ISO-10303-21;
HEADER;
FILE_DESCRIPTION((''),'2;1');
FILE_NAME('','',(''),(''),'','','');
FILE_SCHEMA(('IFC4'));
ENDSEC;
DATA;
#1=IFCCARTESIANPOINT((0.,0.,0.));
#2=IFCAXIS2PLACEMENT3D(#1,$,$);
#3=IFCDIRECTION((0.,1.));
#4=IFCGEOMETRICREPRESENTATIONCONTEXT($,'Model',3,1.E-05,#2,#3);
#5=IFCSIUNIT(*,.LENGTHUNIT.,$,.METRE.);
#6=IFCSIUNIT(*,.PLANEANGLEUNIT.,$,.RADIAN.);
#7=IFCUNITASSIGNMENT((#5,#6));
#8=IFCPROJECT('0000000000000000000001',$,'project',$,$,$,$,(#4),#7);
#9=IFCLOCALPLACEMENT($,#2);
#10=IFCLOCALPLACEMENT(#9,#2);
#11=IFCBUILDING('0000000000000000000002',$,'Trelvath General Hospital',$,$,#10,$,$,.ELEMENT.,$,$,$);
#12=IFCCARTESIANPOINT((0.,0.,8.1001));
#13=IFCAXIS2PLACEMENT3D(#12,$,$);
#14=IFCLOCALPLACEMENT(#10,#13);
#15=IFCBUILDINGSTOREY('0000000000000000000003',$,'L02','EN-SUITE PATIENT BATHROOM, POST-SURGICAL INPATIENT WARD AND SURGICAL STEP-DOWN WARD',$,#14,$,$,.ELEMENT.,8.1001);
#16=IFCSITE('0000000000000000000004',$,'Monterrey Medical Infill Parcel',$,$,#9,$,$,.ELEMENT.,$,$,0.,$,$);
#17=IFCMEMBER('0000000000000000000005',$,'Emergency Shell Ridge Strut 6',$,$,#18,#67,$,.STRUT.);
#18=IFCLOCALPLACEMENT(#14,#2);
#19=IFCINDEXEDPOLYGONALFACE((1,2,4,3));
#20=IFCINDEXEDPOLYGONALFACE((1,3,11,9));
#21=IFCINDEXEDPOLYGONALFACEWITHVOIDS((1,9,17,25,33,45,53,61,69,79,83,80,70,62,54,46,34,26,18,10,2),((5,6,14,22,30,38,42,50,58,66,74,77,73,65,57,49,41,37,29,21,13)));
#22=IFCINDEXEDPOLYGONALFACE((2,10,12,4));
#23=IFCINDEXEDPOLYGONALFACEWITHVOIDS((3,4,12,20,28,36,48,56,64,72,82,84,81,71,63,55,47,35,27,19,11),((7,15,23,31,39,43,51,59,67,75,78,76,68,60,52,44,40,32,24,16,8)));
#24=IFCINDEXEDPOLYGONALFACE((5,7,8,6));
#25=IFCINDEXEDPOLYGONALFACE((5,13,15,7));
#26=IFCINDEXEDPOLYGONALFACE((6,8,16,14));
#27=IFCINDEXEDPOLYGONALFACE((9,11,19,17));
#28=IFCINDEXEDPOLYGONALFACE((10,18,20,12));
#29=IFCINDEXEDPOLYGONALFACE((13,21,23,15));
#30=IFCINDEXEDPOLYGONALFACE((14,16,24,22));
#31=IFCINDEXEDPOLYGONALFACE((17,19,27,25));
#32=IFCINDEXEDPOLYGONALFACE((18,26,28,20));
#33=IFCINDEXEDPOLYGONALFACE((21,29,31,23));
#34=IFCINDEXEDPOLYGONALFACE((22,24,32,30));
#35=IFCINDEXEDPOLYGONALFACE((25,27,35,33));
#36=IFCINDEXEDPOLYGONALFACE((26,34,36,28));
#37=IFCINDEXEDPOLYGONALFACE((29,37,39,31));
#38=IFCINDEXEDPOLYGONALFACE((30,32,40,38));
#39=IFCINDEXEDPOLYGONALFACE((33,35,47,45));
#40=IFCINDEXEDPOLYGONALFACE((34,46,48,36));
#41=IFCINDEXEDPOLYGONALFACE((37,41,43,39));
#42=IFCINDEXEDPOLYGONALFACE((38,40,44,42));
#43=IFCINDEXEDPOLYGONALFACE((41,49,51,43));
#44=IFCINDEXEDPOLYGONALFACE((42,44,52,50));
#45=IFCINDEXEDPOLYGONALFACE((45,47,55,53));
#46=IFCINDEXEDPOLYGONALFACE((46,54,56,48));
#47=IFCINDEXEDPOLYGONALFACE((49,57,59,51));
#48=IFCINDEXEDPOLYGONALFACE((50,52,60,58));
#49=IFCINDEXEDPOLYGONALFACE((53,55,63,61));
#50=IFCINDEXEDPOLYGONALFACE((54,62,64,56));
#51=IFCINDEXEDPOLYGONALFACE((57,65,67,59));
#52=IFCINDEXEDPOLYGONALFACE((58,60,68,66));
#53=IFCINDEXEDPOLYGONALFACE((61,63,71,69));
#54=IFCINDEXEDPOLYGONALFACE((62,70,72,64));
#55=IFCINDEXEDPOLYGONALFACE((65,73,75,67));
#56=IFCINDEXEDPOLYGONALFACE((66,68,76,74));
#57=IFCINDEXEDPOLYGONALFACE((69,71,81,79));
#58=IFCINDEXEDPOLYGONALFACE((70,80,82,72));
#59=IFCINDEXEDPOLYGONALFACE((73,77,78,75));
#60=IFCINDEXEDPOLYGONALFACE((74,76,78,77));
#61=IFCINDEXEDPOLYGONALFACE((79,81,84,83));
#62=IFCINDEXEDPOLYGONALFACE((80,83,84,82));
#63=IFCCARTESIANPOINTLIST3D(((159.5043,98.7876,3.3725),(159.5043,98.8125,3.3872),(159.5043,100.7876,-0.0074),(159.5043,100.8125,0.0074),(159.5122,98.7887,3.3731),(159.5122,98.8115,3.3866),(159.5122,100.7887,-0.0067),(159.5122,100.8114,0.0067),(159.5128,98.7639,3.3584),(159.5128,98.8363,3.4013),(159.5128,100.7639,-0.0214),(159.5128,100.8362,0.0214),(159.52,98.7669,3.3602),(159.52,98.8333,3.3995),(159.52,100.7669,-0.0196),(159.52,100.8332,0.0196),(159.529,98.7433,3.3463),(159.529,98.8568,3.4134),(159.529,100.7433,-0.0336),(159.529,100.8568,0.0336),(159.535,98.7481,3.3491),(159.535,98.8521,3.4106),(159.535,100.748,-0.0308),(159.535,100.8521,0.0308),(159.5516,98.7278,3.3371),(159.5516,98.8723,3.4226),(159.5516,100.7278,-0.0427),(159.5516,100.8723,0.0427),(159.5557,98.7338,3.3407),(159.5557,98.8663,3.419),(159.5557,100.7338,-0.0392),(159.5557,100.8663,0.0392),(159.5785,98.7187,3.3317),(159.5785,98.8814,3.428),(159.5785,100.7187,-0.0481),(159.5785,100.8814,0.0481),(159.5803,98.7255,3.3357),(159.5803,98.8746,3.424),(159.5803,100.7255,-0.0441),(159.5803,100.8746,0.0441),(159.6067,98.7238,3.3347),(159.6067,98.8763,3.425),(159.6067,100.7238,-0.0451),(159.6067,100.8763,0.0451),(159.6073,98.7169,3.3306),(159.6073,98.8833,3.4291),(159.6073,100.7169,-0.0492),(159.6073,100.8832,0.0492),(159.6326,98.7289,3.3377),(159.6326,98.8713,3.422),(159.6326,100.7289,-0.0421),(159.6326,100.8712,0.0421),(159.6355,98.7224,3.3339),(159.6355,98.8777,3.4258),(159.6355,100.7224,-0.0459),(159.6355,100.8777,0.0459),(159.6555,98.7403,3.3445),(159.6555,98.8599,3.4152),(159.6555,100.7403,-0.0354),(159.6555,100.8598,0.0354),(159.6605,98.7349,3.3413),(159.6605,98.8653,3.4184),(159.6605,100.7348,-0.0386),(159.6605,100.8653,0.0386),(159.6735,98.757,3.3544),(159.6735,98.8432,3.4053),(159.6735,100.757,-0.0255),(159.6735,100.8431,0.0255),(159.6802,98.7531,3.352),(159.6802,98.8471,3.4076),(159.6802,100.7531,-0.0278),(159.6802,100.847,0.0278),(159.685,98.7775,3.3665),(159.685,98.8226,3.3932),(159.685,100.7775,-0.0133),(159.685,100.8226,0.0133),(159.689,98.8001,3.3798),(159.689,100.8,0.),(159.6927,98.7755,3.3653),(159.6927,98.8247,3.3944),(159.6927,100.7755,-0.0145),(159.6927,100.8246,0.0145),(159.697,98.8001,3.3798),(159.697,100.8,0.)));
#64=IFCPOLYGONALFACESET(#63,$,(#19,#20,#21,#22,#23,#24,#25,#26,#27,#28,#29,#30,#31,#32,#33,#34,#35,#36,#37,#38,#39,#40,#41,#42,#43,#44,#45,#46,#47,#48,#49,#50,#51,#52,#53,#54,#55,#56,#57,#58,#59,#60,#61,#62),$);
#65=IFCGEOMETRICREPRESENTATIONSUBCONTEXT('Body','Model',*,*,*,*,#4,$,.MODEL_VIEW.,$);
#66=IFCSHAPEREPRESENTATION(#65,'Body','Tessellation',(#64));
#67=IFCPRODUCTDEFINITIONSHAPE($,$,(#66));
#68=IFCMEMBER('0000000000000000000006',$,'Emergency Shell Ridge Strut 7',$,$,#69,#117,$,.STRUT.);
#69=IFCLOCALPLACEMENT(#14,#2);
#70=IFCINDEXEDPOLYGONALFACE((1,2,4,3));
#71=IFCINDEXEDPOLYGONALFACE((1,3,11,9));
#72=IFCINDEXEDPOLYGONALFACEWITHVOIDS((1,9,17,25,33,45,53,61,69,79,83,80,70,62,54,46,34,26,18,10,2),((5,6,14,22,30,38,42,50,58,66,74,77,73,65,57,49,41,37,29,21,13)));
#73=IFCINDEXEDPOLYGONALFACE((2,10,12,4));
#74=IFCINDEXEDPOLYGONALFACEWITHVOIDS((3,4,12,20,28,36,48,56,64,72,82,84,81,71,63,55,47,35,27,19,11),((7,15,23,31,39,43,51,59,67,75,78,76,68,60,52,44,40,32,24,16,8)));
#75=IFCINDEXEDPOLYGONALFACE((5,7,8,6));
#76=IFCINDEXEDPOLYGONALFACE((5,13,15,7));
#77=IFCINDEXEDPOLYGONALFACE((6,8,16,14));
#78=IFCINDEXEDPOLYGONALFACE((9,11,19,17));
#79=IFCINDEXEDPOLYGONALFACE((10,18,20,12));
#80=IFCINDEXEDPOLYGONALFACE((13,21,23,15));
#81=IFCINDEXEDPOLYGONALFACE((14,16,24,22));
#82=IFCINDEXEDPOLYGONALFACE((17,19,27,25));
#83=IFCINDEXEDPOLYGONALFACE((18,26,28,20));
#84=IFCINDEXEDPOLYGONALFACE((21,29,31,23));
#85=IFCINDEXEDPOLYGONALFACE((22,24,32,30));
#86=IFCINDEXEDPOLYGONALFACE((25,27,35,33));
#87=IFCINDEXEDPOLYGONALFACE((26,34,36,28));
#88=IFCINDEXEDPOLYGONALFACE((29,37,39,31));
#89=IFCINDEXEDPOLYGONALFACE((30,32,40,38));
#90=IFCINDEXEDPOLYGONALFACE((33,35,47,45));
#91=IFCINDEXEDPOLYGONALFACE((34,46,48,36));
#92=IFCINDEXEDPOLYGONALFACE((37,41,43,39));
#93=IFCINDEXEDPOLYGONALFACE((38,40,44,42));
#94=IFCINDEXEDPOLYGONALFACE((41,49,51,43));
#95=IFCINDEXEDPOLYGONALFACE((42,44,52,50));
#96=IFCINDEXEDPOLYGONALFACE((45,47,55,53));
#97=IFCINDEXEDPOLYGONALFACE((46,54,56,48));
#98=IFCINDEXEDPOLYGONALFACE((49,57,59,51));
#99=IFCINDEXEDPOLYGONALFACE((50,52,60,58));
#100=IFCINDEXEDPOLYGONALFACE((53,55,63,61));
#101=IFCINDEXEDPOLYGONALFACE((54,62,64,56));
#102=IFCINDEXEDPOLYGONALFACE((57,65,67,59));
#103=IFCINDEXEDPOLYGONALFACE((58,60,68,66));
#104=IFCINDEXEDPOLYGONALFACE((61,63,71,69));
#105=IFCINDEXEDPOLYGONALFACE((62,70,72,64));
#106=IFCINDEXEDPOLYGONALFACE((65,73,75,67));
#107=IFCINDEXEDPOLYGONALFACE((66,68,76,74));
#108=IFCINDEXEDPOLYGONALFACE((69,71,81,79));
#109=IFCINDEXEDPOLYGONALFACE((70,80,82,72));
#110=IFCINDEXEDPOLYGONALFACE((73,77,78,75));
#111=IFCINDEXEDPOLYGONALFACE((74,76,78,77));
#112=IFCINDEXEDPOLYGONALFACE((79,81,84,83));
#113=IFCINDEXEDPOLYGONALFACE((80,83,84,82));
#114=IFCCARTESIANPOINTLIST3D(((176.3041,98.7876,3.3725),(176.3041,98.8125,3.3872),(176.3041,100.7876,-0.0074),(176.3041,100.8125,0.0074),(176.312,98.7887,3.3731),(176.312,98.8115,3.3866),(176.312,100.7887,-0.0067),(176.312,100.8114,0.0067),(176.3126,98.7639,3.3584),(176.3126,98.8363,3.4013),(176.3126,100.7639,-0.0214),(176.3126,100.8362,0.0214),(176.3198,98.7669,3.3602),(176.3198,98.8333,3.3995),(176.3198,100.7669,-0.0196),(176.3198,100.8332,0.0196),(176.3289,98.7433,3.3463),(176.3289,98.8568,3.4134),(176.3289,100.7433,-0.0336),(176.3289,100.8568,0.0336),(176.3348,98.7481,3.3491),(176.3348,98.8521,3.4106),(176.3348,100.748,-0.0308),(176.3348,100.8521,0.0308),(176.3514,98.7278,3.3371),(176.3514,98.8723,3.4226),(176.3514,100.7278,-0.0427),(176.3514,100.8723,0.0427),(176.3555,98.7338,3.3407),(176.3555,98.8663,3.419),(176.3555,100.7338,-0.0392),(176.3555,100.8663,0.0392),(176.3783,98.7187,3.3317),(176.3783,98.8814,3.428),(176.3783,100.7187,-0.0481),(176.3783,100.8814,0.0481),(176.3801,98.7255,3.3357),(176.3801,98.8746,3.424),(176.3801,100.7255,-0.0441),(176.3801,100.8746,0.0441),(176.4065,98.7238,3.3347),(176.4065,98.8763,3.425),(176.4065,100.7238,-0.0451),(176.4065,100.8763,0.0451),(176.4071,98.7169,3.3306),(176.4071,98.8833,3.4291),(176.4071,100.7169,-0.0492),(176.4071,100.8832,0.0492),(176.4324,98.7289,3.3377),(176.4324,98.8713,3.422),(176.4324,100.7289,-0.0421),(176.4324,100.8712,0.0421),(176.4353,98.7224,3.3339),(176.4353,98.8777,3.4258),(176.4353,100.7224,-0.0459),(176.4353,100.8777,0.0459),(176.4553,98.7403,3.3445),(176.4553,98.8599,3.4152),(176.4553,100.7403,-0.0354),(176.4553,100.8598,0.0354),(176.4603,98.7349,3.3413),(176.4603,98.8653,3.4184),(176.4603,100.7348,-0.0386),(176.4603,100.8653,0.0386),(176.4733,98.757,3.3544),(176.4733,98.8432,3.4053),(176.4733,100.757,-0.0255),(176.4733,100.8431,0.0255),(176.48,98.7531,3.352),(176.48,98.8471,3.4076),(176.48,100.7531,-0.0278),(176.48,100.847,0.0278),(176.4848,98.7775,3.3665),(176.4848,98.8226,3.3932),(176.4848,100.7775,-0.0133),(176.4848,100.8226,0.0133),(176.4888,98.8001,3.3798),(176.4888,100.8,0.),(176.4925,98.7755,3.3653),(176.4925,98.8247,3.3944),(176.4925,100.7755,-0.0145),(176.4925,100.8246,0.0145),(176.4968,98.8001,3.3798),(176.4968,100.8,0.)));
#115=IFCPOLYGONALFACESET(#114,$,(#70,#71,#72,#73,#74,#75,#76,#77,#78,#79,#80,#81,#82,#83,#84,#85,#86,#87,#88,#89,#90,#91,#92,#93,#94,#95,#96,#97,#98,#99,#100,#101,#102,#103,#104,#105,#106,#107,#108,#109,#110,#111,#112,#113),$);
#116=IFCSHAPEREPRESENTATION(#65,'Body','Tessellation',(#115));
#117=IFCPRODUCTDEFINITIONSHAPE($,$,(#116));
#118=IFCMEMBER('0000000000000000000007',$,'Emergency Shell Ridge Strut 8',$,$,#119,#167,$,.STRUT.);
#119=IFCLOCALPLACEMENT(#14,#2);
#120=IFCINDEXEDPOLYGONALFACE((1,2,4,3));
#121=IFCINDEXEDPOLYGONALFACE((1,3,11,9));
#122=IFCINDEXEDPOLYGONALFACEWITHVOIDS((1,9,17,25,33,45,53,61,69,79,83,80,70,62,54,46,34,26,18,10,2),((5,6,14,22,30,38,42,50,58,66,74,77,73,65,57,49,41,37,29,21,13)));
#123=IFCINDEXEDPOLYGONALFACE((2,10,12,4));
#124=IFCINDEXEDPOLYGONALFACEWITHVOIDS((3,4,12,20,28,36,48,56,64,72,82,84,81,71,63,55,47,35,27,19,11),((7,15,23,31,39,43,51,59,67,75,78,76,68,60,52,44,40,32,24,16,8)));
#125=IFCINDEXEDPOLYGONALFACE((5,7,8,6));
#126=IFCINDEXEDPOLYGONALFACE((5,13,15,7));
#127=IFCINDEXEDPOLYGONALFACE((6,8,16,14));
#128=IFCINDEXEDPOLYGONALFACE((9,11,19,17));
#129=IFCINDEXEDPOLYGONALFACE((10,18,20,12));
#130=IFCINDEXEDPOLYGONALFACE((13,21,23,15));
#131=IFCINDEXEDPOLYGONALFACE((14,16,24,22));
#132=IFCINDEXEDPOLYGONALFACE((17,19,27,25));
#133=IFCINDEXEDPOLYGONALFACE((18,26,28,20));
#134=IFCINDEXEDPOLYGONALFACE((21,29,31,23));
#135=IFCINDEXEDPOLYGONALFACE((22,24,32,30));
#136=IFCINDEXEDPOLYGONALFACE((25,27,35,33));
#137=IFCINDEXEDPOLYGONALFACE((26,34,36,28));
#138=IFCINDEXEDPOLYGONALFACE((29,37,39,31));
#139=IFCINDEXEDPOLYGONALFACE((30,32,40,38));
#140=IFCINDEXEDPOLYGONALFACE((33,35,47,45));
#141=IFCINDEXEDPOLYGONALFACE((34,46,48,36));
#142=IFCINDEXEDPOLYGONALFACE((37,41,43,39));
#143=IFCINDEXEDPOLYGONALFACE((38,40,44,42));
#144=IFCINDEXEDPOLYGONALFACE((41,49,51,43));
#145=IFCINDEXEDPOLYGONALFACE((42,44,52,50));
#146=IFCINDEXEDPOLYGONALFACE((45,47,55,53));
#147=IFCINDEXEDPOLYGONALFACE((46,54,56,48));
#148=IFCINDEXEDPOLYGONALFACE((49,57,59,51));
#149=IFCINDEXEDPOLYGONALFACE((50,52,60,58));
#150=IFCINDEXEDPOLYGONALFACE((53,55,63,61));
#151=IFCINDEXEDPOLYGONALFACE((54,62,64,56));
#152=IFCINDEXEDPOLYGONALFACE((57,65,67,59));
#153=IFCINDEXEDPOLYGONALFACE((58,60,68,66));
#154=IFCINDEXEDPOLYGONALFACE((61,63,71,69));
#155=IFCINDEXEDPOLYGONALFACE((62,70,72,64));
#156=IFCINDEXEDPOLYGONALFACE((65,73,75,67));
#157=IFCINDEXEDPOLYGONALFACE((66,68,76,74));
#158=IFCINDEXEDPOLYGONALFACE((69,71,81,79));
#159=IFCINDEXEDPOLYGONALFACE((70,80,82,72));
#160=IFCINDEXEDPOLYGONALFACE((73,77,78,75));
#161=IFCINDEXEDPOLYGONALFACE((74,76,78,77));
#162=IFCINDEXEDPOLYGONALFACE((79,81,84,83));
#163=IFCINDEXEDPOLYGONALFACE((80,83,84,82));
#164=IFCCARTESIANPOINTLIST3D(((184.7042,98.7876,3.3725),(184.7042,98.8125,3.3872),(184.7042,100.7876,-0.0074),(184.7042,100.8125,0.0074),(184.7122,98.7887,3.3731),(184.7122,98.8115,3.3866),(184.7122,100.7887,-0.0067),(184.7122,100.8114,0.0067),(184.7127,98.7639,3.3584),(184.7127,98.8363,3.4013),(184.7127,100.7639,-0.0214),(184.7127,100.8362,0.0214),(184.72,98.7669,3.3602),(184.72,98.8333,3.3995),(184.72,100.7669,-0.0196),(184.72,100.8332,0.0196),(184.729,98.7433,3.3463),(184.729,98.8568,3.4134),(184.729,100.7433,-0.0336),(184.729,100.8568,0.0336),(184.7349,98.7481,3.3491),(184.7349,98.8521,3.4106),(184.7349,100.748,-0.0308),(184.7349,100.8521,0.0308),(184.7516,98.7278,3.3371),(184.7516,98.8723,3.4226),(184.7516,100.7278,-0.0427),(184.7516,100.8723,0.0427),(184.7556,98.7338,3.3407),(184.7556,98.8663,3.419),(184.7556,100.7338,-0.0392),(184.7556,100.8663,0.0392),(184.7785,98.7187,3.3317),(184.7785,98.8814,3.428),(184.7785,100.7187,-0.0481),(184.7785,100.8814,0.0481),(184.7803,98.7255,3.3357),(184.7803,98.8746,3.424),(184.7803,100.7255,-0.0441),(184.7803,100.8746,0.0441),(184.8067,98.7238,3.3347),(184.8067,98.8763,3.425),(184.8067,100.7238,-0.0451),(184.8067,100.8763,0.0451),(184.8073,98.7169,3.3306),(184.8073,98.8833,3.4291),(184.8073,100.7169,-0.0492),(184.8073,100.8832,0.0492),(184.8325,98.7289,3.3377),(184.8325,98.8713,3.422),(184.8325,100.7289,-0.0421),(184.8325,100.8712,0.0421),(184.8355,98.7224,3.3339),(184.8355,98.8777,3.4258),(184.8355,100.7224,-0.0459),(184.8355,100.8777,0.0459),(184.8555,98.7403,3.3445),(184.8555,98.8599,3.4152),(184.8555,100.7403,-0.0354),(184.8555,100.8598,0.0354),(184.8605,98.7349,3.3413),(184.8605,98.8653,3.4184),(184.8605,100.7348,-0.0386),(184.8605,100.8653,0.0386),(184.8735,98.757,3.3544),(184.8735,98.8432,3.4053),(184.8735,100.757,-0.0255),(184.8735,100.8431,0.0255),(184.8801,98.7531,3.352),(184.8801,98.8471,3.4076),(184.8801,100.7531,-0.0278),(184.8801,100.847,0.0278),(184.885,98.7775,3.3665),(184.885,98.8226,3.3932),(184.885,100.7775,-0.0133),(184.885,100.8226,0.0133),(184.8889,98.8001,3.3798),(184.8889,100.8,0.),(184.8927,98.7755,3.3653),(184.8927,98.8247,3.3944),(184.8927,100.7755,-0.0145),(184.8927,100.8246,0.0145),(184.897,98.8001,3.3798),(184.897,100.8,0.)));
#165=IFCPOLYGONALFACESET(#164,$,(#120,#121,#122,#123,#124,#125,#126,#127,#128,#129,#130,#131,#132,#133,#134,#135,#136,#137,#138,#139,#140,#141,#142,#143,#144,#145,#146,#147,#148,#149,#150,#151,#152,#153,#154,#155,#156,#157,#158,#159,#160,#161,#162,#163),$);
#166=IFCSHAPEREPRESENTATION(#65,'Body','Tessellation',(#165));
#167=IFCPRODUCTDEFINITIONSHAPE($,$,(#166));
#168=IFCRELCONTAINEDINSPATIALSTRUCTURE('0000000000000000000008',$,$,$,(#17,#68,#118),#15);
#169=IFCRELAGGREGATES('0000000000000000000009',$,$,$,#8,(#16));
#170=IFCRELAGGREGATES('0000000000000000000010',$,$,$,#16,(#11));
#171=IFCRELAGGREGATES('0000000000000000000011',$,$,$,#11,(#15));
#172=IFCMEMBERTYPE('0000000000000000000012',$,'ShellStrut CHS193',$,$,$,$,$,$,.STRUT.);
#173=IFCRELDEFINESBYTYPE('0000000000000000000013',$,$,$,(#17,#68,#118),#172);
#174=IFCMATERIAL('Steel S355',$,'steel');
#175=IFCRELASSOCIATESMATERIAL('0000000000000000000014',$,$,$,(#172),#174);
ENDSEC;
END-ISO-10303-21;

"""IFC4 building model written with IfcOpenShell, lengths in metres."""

from ifc_helpers import new_model, si_unit, direction, frame, origin, origin_2d, place, context, subcontext, project, spatial, hollow_circle, extrude, material, material_profile, profile_set, type_object, element, save


model = new_model("IFC4")

# Units and contexts
model_context = context("Model", 3, precision=1e-05, world=origin(), true_north=direction((0.0, 1.0)))
body_context = subcontext(model_context, "Body", "Model", "MODEL_VIEW")
ifc_project = project(units=[si_unit("LENGTHUNIT", "METRE"), si_unit("PLANEANGLEUNIT", "RADIAN")], contexts=[model_context])

# Site, building, storey
site_placement = place(None, origin())
site = spatial("IfcSite", under=ifc_project, at=site_placement, Name="Monterrey Medical Infill Parcel", CompositionType="ELEMENT", RefElevation=0.0)
building_placement = place(site_placement, origin())
building = spatial("IfcBuilding", under=site, at=building_placement, Name="Trelvath General Hospital", CompositionType="ELEMENT")
storey_placement = place(building_placement, frame((0.0, 0.0, 8.1001)))
storey = spatial("IfcBuildingStorey", under=building, at=storey_placement, Name="L02", Description="EN-SUITE PATIENT BATHROOM, POST-SURGICAL INPATIENT WARD AND SURGICAL STEP-DOWN WARD", CompositionType="ELEMENT", Elevation=8.1001)

# Members
ifc_material_1 = material(Name="Steel S355", Category="steel")
ifc_material_profile = material_profile(ifc_material_1, hollow_circle(Radius=0.0969, WallThickness=0.0081, at=origin_2d()), Name="CHS193.7x8.0")
ifc_profile_set = profile_set([ifc_material_profile], Name="Steel S355")
member_type = type_object("IfcMemberType", Name="ShellStrut CHS193", PredefinedType="STRUT", material=ifc_profile_set)
for number, where, z_axis, x_axis, name in (
    (1, (159.6001, 100.8, 0.0), (0.0, -0.509257, 0.860614), (1.0, 0.0, 0.0), "Emergency Shell Ridge Strut 6"),
    (2, (176.3999, 100.8, 0.0), (0.0, -0.509257, 0.860614), (1.0, 0.0, 0.0), "Emergency Shell Ridge Strut 7"),
    (3, (184.8, 100.8, 0.0), (0.0, -0.509257, 0.860614), (1.0, 0.0, 0.0), "Emergency Shell Ridge Strut 8"),
):
    element("IfcMember", number, at=place(storey_placement, frame(where, z_axis=z_axis, x_axis=x_axis)), inside=storey, type_object=member_type, Name=name, PredefinedType="STRUT", context=body_context, shape_type="SweptSolid", body=[
        extrude(hollow_circle(Radius=0.0969, WallThickness=0.0081, at=origin_2d()), origin(), (0.0, 0.0, 1.0), 3.9272),
    ])

save(model, "model.ifc")
